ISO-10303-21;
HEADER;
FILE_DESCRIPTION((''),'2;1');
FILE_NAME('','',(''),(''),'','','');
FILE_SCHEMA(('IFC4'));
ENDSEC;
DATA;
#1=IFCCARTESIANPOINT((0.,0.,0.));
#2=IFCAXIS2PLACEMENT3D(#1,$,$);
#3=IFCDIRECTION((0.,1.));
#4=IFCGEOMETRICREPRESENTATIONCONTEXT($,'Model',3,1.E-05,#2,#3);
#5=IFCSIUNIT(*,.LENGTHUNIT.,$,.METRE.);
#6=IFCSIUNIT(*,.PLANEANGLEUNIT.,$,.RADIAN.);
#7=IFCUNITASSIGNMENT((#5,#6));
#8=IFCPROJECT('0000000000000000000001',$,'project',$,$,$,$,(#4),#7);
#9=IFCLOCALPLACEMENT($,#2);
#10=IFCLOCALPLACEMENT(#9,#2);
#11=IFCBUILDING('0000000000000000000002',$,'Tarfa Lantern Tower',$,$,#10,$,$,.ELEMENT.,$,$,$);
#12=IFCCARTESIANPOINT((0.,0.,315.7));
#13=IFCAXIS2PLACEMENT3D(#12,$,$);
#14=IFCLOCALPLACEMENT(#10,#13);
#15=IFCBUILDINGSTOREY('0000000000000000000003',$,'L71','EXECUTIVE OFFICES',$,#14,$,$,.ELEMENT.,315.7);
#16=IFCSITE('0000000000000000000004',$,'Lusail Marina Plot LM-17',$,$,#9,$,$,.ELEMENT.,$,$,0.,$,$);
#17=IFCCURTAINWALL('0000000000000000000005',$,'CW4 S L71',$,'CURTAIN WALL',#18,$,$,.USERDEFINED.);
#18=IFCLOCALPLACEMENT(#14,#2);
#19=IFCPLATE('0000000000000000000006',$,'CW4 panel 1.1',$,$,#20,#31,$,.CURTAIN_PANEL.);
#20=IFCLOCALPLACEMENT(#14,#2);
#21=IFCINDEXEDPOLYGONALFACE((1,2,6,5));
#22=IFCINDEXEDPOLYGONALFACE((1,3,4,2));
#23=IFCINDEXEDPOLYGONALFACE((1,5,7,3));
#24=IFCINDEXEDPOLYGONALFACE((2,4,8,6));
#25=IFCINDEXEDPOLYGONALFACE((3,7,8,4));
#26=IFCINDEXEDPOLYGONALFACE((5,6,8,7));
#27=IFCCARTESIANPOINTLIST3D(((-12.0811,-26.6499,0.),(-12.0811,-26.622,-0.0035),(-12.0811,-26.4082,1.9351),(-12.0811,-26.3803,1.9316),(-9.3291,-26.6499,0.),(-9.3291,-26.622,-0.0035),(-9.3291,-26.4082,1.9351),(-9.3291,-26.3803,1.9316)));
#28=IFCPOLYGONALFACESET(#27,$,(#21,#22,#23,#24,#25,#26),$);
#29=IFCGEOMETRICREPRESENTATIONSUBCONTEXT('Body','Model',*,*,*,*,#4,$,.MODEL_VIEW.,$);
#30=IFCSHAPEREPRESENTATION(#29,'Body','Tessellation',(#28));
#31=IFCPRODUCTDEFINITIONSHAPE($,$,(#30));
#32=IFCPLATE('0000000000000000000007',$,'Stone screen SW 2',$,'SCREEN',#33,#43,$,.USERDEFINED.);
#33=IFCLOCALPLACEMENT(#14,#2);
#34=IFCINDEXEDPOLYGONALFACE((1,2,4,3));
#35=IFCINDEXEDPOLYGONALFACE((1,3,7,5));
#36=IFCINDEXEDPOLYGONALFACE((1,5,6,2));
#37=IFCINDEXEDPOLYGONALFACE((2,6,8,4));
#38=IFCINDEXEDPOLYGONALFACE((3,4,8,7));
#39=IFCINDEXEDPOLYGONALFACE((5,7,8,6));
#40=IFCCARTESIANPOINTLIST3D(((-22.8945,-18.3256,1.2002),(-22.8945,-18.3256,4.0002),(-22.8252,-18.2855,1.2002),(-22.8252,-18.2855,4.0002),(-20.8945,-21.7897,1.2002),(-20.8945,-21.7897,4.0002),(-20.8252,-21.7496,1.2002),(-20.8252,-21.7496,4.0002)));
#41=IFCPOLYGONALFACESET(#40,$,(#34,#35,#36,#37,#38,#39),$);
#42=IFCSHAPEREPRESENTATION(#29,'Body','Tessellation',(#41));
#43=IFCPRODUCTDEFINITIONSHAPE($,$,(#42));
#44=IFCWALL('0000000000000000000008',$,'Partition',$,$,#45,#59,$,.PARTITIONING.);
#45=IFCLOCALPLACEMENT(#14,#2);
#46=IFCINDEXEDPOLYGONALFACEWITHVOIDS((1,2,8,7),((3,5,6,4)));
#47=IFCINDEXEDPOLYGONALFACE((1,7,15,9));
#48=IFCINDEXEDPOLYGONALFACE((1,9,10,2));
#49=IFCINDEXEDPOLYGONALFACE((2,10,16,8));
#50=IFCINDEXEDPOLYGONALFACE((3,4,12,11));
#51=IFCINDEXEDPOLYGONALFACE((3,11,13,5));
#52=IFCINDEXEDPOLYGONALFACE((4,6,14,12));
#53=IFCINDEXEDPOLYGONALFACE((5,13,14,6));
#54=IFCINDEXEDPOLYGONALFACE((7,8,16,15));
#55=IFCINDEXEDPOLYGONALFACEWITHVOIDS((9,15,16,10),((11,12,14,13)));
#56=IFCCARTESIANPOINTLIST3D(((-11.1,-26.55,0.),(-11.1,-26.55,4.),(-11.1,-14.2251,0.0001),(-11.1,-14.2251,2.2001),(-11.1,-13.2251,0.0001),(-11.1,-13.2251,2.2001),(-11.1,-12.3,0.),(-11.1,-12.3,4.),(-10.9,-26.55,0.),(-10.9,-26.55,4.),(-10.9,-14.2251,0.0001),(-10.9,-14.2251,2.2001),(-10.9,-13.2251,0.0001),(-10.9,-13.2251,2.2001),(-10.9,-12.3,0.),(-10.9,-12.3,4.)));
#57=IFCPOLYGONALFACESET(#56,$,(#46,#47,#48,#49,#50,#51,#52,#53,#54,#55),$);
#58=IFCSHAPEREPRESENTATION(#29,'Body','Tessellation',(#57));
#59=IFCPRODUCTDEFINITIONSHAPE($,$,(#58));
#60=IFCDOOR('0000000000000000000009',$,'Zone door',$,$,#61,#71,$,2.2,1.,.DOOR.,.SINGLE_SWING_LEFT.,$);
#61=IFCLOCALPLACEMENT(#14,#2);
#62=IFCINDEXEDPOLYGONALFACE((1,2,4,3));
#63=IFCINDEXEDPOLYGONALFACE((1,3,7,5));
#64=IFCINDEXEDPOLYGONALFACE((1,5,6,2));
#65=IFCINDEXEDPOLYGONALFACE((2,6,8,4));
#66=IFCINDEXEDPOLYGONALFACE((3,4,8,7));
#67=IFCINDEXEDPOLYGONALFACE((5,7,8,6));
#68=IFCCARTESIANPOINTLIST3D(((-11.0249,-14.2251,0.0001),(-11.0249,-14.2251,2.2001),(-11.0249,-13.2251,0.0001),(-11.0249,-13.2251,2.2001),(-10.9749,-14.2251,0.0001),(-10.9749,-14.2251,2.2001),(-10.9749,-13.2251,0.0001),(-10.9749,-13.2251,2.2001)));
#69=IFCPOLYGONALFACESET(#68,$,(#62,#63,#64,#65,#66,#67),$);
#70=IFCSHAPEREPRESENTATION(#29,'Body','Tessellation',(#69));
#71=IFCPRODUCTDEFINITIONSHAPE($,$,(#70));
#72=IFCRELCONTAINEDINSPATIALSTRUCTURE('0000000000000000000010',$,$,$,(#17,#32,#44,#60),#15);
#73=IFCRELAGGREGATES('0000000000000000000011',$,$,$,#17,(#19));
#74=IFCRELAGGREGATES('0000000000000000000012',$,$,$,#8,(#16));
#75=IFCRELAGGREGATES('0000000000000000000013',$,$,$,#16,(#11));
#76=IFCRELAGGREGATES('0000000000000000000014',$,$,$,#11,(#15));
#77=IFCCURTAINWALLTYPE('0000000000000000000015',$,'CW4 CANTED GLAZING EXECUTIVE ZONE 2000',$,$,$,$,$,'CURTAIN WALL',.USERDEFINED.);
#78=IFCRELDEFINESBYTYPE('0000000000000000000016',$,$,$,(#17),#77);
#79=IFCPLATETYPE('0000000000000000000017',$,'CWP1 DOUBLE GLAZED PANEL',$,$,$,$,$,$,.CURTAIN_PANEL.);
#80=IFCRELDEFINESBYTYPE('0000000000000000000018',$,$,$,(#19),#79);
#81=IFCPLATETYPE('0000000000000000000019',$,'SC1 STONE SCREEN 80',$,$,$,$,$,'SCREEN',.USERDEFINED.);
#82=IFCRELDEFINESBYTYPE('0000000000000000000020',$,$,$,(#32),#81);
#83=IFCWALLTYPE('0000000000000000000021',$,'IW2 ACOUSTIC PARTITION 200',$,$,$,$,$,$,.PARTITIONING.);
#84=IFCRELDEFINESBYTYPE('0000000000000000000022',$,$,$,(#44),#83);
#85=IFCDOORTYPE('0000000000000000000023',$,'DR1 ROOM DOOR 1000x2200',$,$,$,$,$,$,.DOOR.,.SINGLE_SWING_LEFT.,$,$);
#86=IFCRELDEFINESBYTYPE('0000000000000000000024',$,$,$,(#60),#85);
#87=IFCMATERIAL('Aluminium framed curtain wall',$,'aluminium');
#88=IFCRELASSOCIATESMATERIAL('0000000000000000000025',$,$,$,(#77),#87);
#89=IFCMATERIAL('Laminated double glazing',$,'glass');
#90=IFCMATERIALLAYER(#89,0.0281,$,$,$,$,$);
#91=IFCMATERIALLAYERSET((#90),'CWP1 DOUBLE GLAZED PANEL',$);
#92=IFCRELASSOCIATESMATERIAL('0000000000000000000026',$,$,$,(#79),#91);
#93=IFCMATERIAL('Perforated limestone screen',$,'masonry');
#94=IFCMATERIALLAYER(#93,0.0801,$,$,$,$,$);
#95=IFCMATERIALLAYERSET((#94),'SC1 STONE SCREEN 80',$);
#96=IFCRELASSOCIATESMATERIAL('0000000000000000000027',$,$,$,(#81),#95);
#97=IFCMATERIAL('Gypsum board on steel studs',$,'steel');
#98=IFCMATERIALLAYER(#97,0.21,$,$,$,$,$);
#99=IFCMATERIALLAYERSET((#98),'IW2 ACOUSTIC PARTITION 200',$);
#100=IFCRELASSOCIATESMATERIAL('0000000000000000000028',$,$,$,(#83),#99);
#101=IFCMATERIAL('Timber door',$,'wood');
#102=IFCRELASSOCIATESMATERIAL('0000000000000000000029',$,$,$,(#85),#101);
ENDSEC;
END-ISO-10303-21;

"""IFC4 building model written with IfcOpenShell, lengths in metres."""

from ifc_helpers import new_model, si_unit, direction, frame, frame_2d, origin, origin_2d, place, context, subcontext, project, spatial, polyline, rectangle, outline, extrude, material, layer, layer_set, type_object, element, fill, aggregate, save


model = new_model("IFC4")

# Units and contexts
model_context = context("Model", 3, precision=1e-05, world=origin(), true_north=direction((0.0, 1.0)))
body_context = subcontext(model_context, "Body", "Model", "MODEL_VIEW")
ifc_project = project(units=[si_unit("LENGTHUNIT", "METRE"), si_unit("PLANEANGLEUNIT", "RADIAN")], contexts=[model_context])

# Site, building, storey
site_placement = place(None, origin())
site = spatial("IfcSite", under=ifc_project, at=site_placement, Name="Lusail Marina Plot LM-17", CompositionType="ELEMENT", RefElevation=0.0)
building_placement = place(site_placement, origin())
building = spatial("IfcBuilding", under=site, at=building_placement, Name="Tarfa Lantern Tower", CompositionType="ELEMENT")
storey_placement = place(building_placement, frame((0.0, 0.0, 315.7)))
storey = spatial("IfcBuildingStorey", under=building, at=storey_placement, Name="L71", Description="EXECUTIVE OFFICES", CompositionType="ELEMENT", Elevation=315.7)

# Curtain wall
ifc_material_1 = material(Name="Aluminium framed curtain wall", Category="aluminium")
curtain_wall_type = type_object("IfcCurtainWallType", Name="CW4 CANTED GLAZING EXECUTIVE ZONE 2000", ElementType="CURTAIN WALL", PredefinedType="USERDEFINED", material=ifc_material_1)
curtain_wall_placement = place(storey_placement, origin())
curtain_wall = element("IfcCurtainWall", 1, at=curtain_wall_placement, inside=storey, type_object=curtain_wall_type, Name="CW4 S L71", ObjectType="CURTAIN WALL", PredefinedType="USERDEFINED")

# Plates
ifc_material_2 = material(Name="Laminated double glazing", Category="glass")
ifc_layer_1 = layer(ifc_material_2, 0.0281)
ifc_layer_set_1 = layer_set([ifc_layer_1], Name="CWP1 DOUBLE GLAZED PANEL")
plate_type_1 = type_object("IfcPlateType", Name="CWP1 DOUBLE GLAZED PANEL", PredefinedType="CURTAIN_PANEL", material=ifc_layer_set_1)
plate_1_placement = place(storey_placement, frame((-12.0811, -26.6499, 0.0), z_axis=(0.0, -0.992289, 0.123942), x_axis=(1.0, 0.0, 0.0)))
plate_1 = element("IfcPlate", 2, at=plate_1_placement, type_object=plate_type_1, Name="CW4 panel 1.1", PredefinedType="CURTAIN_PANEL", context=body_context, shape_type="SweptSolid", body=[
    extrude(outline(polyline([(0.0, 0.0), (2.752, 0.0), (2.752, 1.9501), (0.0, 1.9501), (0.0, 0.0)])), origin(), (0.0, 0.0, -1.0), 0.0281),
])
aggregate(curtain_wall, [plate_1])
ifc_material_3 = material(Name="Perforated limestone screen", Category="masonry")
ifc_layer_2 = layer(ifc_material_3, 0.0801)
ifc_layer_set_2 = layer_set([ifc_layer_2], Name="SC1 STONE SCREEN 80")
plate_type_2 = type_object("IfcPlateType", Name="SC1 STONE SCREEN 80", ElementType="SCREEN", PredefinedType="USERDEFINED", material=ifc_layer_set_2)
plate_2_placement = place(storey_placement, frame((-21.8599, -20.0376, 1.2002), z_axis=(0.0, 0.0, 1.0), x_axis=(0.5, -0.866025, 0.0)))
element("IfcPlate", 3, at=plate_2_placement, inside=storey, type_object=plate_type_2, Name="Stone screen SW 2", ObjectType="SCREEN", PredefinedType="USERDEFINED", context=body_context, shape_type="SweptSolid", body=[
    extrude(rectangle(XDim=4.0, YDim=0.0801, at=origin_2d()), origin(), (0.0, 0.0, 1.0), 2.8),
])

# Wall, opening, door
ifc_material_4 = material(Name="Gypsum board on steel studs", Category="steel")
ifc_layer_3 = layer(ifc_material_4, 0.21)
ifc_layer_set_3 = layer_set([ifc_layer_3], Name="IW2 ACOUSTIC PARTITION 200")
wall_type = type_object("IfcWallType", Name="IW2 ACOUSTIC PARTITION 200", PredefinedType="PARTITIONING", material=ifc_layer_set_3)
wall_placement = place(storey_placement, frame((-11.0, -12.3, 0.0), z_axis=(0.0, 0.0, 1.0), x_axis=(0.0, -1.0, 0.0)))
wall = element("IfcWall", 4, at=wall_placement, inside=storey, type_object=wall_type, Name="Partition", PredefinedType="PARTITIONING", context=body_context, shape_type="SweptSolid", body=[
    extrude(rectangle(XDim=14.25, YDim=0.2, at=frame_2d((7.125, 0.0))), origin(), (0.0, 0.0, 1.0), 4.0),
])
opening_placement = place(wall_placement, frame((0.925, 0.0, 0.0)))
opening = element("IfcOpeningElement", 5, at=opening_placement, cuts=wall, PredefinedType="OPENING", context=body_context, shape_type="SweptSolid", body=[
    extrude(rectangle(XDim=1.0, YDim=2.2, at=frame_2d((0.5, 1.1001))), frame((0.0, 0.1099, 0.0), z_axis=(0.0, -1.0, 0.0), x_axis=(1.0, 0.0, 0.0)), (0.0, 0.0, 1.0), 0.22),
])
ifc_material_5 = material(Name="Timber door", Category="wood")
door_type = type_object("IfcDoorType", Name="DR1 ROOM DOOR 1000x2200", OperationType="SINGLE_SWING_LEFT", PredefinedType="DOOR", material=ifc_material_5)
door_placement = place(opening_placement, frame((1.0, 0.0, 0.0), z_axis=(0.0, 0.0, 1.0), x_axis=(-1.0, 0.0, 0.0)))
door = element("IfcDoor", 6, at=door_placement, inside=storey, type_object=door_type, Name="Zone door", OperationType="SINGLE_SWING_LEFT", OverallHeight=2.2, OverallWidth=1.0, PredefinedType="DOOR", context=body_context, shape_type="SweptSolid", body=[
    extrude(rectangle(XDim=1.0, YDim=2.2, at=frame_2d((0.5, 1.1001))), frame((0.0, 0.0249, 0.0), z_axis=(0.0, -1.0, 0.0), x_axis=(1.0, 0.0, 0.0)), (0.0, 0.0, 1.0), 0.05),
])
fill(opening, door)

save(model, "model.ifc")
